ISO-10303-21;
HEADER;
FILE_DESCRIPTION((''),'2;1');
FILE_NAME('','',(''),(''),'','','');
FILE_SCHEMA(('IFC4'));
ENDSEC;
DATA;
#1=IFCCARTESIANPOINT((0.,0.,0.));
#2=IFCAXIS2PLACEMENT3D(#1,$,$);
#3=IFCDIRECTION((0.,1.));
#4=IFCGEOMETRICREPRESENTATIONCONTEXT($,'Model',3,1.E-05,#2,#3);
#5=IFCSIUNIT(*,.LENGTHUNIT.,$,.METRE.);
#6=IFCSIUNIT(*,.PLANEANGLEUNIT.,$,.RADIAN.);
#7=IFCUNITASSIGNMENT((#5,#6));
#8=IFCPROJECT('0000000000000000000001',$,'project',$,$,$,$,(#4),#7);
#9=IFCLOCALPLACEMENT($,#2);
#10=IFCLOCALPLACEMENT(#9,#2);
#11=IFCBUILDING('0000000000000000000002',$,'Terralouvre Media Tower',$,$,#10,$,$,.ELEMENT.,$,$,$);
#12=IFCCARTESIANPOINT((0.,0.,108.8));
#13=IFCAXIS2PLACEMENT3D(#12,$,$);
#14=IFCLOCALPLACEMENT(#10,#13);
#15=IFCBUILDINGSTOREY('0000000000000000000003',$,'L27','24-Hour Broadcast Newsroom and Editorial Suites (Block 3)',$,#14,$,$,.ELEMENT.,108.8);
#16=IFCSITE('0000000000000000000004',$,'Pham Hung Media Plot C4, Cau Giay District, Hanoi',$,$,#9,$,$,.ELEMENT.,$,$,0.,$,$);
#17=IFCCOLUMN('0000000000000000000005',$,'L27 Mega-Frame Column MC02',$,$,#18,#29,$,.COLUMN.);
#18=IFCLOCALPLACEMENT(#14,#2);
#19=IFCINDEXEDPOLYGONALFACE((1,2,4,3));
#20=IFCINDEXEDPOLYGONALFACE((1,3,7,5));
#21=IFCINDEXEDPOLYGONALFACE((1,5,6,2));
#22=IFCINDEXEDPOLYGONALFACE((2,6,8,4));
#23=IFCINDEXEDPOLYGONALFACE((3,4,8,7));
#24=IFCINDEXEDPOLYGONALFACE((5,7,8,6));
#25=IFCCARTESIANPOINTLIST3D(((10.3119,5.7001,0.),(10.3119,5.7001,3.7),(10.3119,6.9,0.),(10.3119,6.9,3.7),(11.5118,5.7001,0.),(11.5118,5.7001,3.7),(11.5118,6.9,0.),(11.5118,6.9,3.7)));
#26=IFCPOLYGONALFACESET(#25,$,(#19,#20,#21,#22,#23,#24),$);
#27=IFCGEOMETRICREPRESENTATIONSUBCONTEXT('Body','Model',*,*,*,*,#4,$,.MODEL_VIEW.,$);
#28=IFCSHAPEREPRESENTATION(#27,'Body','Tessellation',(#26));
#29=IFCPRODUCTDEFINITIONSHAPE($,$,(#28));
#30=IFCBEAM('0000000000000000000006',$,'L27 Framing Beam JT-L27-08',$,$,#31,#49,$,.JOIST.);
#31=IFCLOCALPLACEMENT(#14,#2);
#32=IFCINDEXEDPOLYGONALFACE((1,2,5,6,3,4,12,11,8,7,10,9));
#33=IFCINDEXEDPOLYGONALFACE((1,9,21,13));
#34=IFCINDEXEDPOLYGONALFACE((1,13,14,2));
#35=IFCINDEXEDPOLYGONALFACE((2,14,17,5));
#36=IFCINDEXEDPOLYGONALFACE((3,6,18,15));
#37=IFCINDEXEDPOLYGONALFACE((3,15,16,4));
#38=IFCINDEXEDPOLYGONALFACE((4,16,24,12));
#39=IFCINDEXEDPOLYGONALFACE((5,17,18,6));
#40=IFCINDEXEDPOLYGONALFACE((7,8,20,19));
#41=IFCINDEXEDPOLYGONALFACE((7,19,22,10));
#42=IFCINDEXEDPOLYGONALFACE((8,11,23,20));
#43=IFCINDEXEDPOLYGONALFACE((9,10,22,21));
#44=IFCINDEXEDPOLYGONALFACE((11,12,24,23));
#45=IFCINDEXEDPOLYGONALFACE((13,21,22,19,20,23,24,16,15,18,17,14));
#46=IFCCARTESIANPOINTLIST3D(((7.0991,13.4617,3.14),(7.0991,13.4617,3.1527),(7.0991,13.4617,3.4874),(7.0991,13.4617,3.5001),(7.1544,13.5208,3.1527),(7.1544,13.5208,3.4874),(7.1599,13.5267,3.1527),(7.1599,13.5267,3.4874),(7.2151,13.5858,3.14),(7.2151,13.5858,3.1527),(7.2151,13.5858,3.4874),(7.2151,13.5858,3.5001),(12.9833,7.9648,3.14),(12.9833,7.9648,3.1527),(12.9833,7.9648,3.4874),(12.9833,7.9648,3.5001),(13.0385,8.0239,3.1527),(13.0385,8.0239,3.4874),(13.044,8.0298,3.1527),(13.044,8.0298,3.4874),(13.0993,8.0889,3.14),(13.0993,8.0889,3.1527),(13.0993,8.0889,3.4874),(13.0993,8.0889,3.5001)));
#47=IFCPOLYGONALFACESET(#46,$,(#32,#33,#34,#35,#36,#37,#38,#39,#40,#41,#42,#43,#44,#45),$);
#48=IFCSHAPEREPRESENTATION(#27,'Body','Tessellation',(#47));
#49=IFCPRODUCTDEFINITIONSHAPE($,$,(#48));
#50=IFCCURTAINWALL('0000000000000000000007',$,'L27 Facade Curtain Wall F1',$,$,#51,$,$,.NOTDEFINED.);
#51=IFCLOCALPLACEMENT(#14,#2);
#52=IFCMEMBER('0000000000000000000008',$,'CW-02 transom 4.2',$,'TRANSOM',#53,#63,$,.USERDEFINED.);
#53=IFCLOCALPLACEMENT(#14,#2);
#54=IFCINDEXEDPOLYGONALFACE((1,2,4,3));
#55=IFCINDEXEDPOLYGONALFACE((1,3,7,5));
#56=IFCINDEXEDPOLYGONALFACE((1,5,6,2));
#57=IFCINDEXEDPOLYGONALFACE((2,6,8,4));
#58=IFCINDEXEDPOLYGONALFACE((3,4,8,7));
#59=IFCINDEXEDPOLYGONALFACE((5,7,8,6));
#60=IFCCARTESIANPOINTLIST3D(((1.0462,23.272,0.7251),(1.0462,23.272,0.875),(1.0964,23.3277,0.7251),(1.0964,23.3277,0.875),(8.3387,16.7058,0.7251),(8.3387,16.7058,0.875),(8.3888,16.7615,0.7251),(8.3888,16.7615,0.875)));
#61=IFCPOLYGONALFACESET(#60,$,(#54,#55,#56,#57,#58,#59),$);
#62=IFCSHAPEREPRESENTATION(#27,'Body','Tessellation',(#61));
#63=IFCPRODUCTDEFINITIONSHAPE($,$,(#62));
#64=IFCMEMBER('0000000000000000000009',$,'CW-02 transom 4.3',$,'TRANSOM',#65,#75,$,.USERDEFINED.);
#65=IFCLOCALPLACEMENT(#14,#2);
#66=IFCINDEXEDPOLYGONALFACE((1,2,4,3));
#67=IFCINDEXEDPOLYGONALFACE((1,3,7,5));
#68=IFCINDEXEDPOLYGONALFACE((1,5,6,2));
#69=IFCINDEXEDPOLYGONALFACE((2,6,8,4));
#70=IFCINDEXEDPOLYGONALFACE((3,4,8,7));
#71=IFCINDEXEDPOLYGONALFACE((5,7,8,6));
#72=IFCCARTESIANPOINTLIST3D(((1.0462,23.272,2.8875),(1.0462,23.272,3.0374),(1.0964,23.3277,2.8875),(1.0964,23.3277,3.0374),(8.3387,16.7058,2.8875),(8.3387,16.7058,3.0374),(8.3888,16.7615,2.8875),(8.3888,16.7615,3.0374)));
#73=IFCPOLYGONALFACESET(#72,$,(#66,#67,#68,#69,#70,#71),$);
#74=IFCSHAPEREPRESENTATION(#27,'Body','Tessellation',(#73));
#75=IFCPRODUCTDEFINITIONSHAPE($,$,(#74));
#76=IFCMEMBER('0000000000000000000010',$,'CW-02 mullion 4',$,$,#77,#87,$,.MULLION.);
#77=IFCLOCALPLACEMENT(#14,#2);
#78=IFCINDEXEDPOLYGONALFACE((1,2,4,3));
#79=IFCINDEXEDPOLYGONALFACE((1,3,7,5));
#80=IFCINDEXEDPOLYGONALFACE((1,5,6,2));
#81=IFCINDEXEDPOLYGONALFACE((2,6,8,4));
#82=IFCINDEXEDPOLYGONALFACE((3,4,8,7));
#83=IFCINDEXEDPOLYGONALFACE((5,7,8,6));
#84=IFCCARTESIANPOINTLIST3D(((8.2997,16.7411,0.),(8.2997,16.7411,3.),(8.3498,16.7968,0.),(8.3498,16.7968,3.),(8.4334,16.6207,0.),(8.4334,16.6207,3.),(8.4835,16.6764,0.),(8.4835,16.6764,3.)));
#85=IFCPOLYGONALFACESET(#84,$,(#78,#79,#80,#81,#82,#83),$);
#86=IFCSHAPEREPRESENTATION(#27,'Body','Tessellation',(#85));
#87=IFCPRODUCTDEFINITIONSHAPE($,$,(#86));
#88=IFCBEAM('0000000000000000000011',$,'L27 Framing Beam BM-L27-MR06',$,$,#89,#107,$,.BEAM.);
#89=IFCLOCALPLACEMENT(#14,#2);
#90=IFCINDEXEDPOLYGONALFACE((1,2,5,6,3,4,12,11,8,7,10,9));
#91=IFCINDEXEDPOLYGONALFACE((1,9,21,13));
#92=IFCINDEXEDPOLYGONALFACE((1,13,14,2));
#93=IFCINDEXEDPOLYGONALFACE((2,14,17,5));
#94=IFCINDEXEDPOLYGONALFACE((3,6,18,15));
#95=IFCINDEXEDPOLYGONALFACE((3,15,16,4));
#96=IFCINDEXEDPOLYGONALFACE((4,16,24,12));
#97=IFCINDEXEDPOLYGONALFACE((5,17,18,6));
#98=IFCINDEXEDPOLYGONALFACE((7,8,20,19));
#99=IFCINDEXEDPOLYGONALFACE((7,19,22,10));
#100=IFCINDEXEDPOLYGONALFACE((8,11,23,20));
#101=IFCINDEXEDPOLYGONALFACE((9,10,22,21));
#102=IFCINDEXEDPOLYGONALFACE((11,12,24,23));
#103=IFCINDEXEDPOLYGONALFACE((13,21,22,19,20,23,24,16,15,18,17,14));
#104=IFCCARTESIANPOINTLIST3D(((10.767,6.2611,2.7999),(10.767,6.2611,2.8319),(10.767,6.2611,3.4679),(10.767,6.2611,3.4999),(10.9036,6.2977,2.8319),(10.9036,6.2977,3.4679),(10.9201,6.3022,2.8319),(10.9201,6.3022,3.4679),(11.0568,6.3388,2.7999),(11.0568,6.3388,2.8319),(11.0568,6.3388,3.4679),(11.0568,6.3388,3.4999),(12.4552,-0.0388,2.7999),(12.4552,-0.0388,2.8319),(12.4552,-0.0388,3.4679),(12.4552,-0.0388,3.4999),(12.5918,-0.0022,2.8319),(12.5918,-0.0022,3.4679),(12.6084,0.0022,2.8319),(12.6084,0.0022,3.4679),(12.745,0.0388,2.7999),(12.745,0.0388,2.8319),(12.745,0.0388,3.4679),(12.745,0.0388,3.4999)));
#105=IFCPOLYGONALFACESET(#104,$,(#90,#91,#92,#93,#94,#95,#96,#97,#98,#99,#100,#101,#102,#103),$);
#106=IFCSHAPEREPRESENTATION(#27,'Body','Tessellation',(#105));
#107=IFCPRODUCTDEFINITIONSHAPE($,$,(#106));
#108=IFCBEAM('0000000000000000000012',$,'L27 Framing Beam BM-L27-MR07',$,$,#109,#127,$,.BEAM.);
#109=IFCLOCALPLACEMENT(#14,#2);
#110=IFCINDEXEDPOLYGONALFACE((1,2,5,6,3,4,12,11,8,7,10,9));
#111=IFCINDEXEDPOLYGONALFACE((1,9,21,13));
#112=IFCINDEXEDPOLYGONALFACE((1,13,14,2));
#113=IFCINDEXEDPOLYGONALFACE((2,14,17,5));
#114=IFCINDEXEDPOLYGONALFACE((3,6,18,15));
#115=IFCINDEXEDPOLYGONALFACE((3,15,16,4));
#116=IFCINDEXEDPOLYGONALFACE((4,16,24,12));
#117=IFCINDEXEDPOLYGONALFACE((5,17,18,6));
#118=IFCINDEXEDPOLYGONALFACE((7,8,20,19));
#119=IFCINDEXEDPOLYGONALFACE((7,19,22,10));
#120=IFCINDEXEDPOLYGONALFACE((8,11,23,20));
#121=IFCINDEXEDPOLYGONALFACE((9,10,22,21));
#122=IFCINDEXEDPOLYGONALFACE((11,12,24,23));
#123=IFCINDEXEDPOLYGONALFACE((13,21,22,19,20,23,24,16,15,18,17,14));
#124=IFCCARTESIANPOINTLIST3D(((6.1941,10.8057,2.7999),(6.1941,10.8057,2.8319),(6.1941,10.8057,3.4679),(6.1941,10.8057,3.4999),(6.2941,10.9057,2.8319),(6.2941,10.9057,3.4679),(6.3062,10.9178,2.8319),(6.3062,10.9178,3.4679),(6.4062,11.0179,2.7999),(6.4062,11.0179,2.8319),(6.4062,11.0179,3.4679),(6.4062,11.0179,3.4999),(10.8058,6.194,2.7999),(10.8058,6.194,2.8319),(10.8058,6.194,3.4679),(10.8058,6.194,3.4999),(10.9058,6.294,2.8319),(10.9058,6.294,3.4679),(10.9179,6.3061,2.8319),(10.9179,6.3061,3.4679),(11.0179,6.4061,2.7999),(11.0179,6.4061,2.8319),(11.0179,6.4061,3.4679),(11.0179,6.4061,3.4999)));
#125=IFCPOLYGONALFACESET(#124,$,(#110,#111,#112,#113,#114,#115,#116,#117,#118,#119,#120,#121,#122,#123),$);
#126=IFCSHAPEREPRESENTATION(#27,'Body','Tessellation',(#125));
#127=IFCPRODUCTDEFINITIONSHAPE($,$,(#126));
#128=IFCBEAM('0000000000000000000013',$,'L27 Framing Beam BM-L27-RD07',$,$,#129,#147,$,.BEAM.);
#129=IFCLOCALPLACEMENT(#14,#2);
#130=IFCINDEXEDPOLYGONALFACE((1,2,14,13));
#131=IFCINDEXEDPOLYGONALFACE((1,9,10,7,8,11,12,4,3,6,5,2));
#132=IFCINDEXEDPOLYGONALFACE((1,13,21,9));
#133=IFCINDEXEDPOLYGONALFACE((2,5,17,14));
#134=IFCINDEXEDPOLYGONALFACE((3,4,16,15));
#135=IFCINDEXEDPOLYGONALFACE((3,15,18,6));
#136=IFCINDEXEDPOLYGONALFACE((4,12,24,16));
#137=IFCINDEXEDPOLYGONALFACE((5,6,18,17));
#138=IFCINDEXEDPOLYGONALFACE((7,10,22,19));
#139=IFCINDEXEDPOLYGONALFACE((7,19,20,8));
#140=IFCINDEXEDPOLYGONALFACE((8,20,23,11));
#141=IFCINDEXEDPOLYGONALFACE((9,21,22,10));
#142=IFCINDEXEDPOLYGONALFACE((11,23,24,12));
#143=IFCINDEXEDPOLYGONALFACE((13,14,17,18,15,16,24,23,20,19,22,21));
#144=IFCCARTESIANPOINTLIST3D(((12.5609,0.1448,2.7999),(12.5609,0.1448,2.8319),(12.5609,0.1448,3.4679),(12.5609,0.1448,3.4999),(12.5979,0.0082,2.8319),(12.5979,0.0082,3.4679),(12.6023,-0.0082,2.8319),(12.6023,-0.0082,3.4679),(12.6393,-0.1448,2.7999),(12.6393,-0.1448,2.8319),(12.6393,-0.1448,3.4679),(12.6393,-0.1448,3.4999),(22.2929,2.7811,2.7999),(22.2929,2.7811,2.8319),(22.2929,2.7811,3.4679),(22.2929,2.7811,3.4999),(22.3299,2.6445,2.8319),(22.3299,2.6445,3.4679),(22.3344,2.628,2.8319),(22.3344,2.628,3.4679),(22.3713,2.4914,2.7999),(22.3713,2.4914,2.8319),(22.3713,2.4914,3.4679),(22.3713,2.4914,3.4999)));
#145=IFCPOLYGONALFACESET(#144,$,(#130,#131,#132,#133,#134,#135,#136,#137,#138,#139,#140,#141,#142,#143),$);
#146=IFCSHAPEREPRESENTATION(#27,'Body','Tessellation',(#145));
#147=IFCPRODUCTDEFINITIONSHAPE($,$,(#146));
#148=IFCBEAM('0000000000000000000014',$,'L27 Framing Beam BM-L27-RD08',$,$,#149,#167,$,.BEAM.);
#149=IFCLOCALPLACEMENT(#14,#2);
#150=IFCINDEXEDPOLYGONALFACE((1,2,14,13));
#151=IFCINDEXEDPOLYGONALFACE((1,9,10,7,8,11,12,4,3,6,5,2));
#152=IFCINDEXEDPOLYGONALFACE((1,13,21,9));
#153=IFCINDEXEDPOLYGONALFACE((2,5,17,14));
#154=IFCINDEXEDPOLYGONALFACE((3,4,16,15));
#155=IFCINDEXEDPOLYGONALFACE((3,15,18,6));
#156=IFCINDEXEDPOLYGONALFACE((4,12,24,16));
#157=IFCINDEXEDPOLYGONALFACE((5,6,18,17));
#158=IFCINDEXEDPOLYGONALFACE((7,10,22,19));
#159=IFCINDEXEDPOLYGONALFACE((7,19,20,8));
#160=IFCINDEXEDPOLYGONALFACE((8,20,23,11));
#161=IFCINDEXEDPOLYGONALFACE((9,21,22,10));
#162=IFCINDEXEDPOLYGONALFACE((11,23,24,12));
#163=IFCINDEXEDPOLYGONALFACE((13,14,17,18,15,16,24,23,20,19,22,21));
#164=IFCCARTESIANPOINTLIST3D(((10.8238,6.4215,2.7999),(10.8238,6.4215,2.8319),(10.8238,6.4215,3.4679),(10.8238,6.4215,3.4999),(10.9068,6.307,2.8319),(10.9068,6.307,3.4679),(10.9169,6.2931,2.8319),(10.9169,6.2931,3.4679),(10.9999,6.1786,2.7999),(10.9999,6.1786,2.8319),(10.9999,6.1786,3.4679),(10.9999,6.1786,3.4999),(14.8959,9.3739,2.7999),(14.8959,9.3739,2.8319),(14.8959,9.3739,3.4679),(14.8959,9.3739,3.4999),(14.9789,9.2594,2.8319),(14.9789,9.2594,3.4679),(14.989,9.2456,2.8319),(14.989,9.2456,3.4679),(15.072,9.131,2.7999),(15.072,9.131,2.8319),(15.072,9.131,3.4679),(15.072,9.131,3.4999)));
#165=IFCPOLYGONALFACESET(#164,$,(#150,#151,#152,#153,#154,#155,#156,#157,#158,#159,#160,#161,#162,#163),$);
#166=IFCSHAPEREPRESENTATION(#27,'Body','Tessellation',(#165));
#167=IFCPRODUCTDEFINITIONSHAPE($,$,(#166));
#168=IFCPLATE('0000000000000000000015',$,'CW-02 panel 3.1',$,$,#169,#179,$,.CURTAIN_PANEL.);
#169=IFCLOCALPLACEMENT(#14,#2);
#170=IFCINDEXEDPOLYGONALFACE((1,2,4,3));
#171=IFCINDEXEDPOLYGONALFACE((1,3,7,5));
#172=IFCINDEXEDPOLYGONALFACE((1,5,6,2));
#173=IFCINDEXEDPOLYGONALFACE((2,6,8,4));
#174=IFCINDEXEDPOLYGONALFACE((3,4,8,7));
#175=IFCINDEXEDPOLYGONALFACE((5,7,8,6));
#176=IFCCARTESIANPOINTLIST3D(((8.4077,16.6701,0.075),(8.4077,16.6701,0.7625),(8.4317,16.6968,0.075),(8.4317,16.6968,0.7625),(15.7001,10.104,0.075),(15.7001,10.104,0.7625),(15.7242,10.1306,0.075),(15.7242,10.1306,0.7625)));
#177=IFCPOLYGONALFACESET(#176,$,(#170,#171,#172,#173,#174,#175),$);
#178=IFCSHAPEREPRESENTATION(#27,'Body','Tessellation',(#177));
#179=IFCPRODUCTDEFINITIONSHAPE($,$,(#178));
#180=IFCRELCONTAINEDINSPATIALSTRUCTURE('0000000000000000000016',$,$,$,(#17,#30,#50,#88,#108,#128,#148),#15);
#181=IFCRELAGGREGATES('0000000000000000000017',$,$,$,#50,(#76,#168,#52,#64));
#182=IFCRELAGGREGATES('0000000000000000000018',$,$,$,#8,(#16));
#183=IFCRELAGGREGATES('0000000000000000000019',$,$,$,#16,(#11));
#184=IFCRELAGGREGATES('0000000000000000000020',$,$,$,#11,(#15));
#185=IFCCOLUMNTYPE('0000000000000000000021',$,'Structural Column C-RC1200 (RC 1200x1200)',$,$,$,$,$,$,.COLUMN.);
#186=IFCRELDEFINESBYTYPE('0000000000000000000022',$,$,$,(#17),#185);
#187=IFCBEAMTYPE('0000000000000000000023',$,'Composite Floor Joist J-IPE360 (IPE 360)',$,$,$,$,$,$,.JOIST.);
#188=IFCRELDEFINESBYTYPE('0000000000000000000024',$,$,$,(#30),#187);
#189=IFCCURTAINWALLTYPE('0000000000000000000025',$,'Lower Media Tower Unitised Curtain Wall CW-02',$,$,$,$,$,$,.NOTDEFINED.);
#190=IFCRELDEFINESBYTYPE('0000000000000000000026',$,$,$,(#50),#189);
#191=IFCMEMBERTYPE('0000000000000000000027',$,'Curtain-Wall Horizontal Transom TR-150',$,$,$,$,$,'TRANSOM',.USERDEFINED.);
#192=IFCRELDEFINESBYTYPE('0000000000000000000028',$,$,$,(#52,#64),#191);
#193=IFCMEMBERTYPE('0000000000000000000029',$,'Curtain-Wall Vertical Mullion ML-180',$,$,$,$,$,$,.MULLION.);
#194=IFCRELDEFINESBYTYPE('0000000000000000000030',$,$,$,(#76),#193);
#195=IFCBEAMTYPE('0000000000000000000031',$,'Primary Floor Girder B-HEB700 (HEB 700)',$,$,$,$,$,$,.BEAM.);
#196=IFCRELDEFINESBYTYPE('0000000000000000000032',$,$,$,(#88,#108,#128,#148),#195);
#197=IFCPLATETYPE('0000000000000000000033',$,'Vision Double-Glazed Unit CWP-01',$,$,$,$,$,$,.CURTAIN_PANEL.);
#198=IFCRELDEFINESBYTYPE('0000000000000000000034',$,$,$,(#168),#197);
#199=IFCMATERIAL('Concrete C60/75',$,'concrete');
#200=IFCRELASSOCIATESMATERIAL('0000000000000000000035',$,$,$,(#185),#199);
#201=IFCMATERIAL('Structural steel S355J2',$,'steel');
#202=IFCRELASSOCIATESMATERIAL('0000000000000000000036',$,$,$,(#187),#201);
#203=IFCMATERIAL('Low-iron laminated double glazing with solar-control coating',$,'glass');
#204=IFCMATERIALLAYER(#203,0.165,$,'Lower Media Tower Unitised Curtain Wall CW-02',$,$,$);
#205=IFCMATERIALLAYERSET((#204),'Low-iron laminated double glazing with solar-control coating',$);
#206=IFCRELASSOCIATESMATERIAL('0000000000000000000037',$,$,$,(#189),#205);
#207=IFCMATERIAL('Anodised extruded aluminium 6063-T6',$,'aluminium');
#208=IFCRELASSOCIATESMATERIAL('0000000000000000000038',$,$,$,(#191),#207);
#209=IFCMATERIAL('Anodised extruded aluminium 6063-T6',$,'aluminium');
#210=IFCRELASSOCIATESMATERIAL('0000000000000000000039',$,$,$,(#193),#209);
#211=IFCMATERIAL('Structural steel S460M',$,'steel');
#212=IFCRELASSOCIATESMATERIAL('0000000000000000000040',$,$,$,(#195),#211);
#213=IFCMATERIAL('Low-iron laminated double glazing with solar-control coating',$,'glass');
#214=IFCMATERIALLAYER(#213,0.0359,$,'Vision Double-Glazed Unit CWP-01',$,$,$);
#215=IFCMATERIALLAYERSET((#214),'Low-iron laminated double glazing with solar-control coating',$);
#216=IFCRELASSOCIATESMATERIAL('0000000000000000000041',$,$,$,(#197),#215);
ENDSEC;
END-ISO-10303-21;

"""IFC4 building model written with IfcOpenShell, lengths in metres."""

from ifc_helpers import new_model, si_unit, direction, frame, origin, origin_2d, place, context, subcontext, project, spatial, rectangle, i_section, extrude, material, layer, layer_set, material_profile, profile_set, type_object, element, aggregate, save


model = new_model("IFC4")

# Units and contexts
model_context = context("Model", 3, precision=1e-05, world=origin(), true_north=direction((0.0, 1.0)))
body_context = subcontext(model_context, "Body", "Model", "MODEL_VIEW")
ifc_project = project(units=[si_unit("LENGTHUNIT", "METRE"), si_unit("PLANEANGLEUNIT", "RADIAN")], contexts=[model_context])

# Site, building, storey
site_placement = place(None, origin())
site = spatial("IfcSite", under=ifc_project, at=site_placement, Name="Pham Hung Media Plot C4, Cau Giay District, Hanoi", CompositionType="ELEMENT", RefElevation=0.0)
building_placement = place(site_placement, origin())
building = spatial("IfcBuilding", under=site, at=building_placement, Name="Terralouvre Media Tower", CompositionType="ELEMENT")
storey_placement = place(building_placement, frame((0.0, 0.0, 108.8)))
storey = spatial("IfcBuildingStorey", under=building, at=storey_placement, Name="L27", Description="24-Hour Broadcast Newsroom and Editorial Suites (Block 3)", CompositionType="ELEMENT", Elevation=108.8)

# Column
ifc_material_1 = material(Name="Concrete C60/75", Category="concrete")
ifc_material_profile_1 = material_profile(ifc_material_1, rectangle(XDim=1.2, YDim=1.2, at=origin_2d()), Name="RC 1200x1200")
ifc_profile_set_1 = profile_set([ifc_material_profile_1], Name="Concrete C60/75")
column_type = type_object("IfcColumnType", Name="Structural Column C-RC1200 (RC 1200x1200)", PredefinedType="COLUMN", material=ifc_profile_set_1)
column_placement = place(storey_placement, frame((10.9119, 6.3, 0.0), z_axis=(0.0, 0.0, 1.0), x_axis=(1.0, 0.0, 0.0)))
element("IfcColumn", 1, at=column_placement, inside=storey, type_object=column_type, Name="L27 Mega-Frame Column MC02", PredefinedType="COLUMN", context=body_context, shape_type="SweptSolid", body=[
    extrude(rectangle(XDim=1.2, YDim=1.2, at=origin_2d()), origin(), (0.0, 0.0, 1.0), 3.7),
])

# Beam
ifc_material_2 = material(Name="Structural steel S355J2", Category="steel")
ifc_material_profile_2 = material_profile(ifc_material_2, i_section(OverallWidth=0.1699, OverallDepth=0.3601, WebThickness=0.0081, FlangeThickness=0.0127, at=origin_2d()), Name="IPE 360")
ifc_profile_set_2 = profile_set([ifc_material_profile_2], Name="Structural steel S355J2")
beam_type_1 = type_object("IfcBeamType", Name="Composite Floor Joist J-IPE360 (IPE 360)", PredefinedType="JOIST", material=ifc_profile_set_2)
beam_1_placement = place(storey_placement, frame((13.0413, 8.0269, 3.3201), z_axis=(-0.730742, 0.682654, 0.0), x_axis=(-0.682654, -0.730742, 0.0)))
element("IfcBeam", 2, at=beam_1_placement, inside=storey, type_object=beam_type_1, Name="L27 Framing Beam JT-L27-08", PredefinedType="JOIST", context=body_context, shape_type="SweptSolid", body=[
    extrude(i_section(OverallWidth=0.1699, OverallDepth=0.3601, WebThickness=0.0081, FlangeThickness=0.0127, at=origin_2d()), origin(), (0.0, 0.0, 1.0), 8.0522),
])

# Curtain wall, members
ifc_material_3 = material(Name="Low-iron laminated double glazing with solar-control coating", Category="glass")
ifc_layer_1 = layer(ifc_material_3, 0.165, Name="Lower Media Tower Unitised Curtain Wall CW-02")
ifc_layer_set_1 = layer_set([ifc_layer_1], Name="Low-iron laminated double glazing with solar-control coating")
curtain_wall_type = type_object("IfcCurtainWallType", Name="Lower Media Tower Unitised Curtain Wall CW-02", PredefinedType="NOTDEFINED", material=ifc_layer_set_1)
curtain_wall_placement = place(storey_placement, origin())
curtain_wall = element("IfcCurtainWall", 3, at=curtain_wall_placement, inside=storey, type_object=curtain_wall_type, Name="L27 Facade Curtain Wall F1", PredefinedType="NOTDEFINED")
ifc_material_4 = material(Name="Anodised extruded aluminium 6063-T6", Category="aluminium")
ifc_material_profile_3 = material_profile(ifc_material_4, rectangle(XDim=0.075, YDim=0.1499, at=origin_2d()), Name="ALU 75x150")
ifc_profile_set_3 = profile_set([ifc_material_profile_3], Name="Anodised extruded aluminium 6063-T6")
member_type_1 = type_object("IfcMemberType", Name="Curtain-Wall Horizontal Transom TR-150", ElementType="TRANSOM", PredefinedType="USERDEFINED", material=ifc_profile_set_3)
member_1_placement = place(storey_placement, frame((8.3638, 16.7336, 0.8), z_axis=(-0.743146, 0.66913, 0.0), x_axis=(-0.66913, -0.743146, 0.0)))
member_1 = element("IfcMember", 4, at=member_1_placement, type_object=member_type_1, Name="CW-02 transom 4.2", ObjectType="TRANSOM", PredefinedType="USERDEFINED", context=body_context, shape_type="SweptSolid", body=[
    extrude(rectangle(XDim=0.075, YDim=0.1499, at=origin_2d()), origin(), (0.0, 0.0, 1.0), 9.813),
])
member_2_placement = place(storey_placement, frame((8.3638, 16.7336, 2.9624), z_axis=(-0.743146, 0.66913, 0.0), x_axis=(-0.66913, -0.743146, 0.0)))
member_2 = element("IfcMember", 5, at=member_2_placement, type_object=member_type_1, Name="CW-02 transom 4.3", ObjectType="TRANSOM", PredefinedType="USERDEFINED", context=body_context, shape_type="SweptSolid", body=[
    extrude(rectangle(XDim=0.075, YDim=0.1499, at=origin_2d()), origin(), (0.0, 0.0, 1.0), 9.813),
])
ifc_material_5 = material(Name="Anodised extruded aluminium 6063-T6", Category="aluminium")
ifc_material_profile_4 = material_profile(ifc_material_5, rectangle(XDim=0.075, YDim=0.1799, at=origin_2d()), Name="ALU 75x180")
ifc_profile_set_4 = profile_set([ifc_material_profile_4], Name="Anodised extruded aluminium 6063-T6")
member_type_2 = type_object("IfcMemberType", Name="Curtain-Wall Vertical Mullion ML-180", PredefinedType="MULLION", material=ifc_profile_set_4)
member_3_placement = place(storey_placement, frame((8.3916, 16.7087, 0.0), z_axis=(0.0, 0.0, 1.0), x_axis=(-0.669131, -0.743145, 0.0)))
member_3 = element("IfcMember", 6, at=member_3_placement, type_object=member_type_2, Name="CW-02 mullion 4", PredefinedType="MULLION", context=body_context, shape_type="SweptSolid", body=[
    extrude(rectangle(XDim=0.075, YDim=0.1799, at=origin_2d()), origin(), (0.0, 0.0, 1.0), 3.0),
])

# Beams
ifc_material_6 = material(Name="Structural steel S460M", Category="steel")
ifc_material_profile_5 = material_profile(ifc_material_6, i_section(OverallWidth=0.3, OverallDepth=0.7, WebThickness=0.0171, FlangeThickness=0.032, at=origin_2d()), Name="HEB 700")
ifc_profile_set_5 = profile_set([ifc_material_profile_5], Name="Structural steel S460M")
beam_type_2 = type_object("IfcBeamType", Name="Primary Floor Girder B-HEB700 (HEB 700)", PredefinedType="BEAM", material=ifc_profile_set_5)
beam_2_placement = place(storey_placement, frame((12.6001, 0.0, 3.1499), z_axis=(-0.258839, 0.96592, 0.0), x_axis=(-0.96592, -0.258839, 0.0)))
element("IfcBeam", 7, at=beam_2_placement, inside=storey, type_object=beam_type_2, Name="L27 Framing Beam BM-L27-MR06", PredefinedType="BEAM", context=body_context, shape_type="SweptSolid", body=[
    extrude(i_section(OverallWidth=0.3, OverallDepth=0.7, WebThickness=0.0171, FlangeThickness=0.032, at=origin_2d()), origin(), (0.0, 0.0, 1.0), 6.5222),
])
beam_3_placement = place(storey_placement, frame((10.9119, 6.3, 3.1499), z_axis=(-0.707107, 0.707107, 0.0), x_axis=(-0.707107, -0.707107, 0.0)))
element("IfcBeam", 8, at=beam_3_placement, inside=storey, type_object=beam_type_2, Name="L27 Framing Beam BM-L27-MR07", PredefinedType="BEAM", context=body_context, shape_type="SweptSolid", body=[
    extrude(i_section(OverallWidth=0.3, OverallDepth=0.7, WebThickness=0.0171, FlangeThickness=0.032, at=origin_2d()), origin(), (0.0, 0.0, 1.0), 6.522),
])
beam_4_placement = place(storey_placement, frame((12.6001, 0.0, 3.1499), z_axis=(0.965214, 0.261462, 0.0), x_axis=(-0.261462, 0.965214, 0.0)))
element("IfcBeam", 9, at=beam_4_placement, inside=storey, type_object=beam_type_2, Name="L27 Framing Beam BM-L27-RD07", PredefinedType="BEAM", context=body_context, shape_type="SweptSolid", body=[
    extrude(i_section(OverallWidth=0.3, OverallDepth=0.7, WebThickness=0.0171, FlangeThickness=0.032, at=origin_2d()), origin(), (0.0, 0.0, 1.0), 10.0828),
])
beam_5_placement = place(storey_placement, frame((10.9119, 6.3, 3.1499), z_axis=(0.809594, 0.586991, 0.0), x_axis=(-0.586991, 0.809594, 0.0)))
element("IfcBeam", 10, at=beam_5_placement, inside=storey, type_object=beam_type_2, Name="L27 Framing Beam BM-L27-RD08", PredefinedType="BEAM", context=body_context, shape_type="SweptSolid", body=[
    extrude(i_section(OverallWidth=0.3, OverallDepth=0.7, WebThickness=0.0171, FlangeThickness=0.032, at=origin_2d()), origin(), (0.0, 0.0, 1.0), 5.0298),
])

# Plate
ifc_material_7 = material(Name="Low-iron laminated double glazing with solar-control coating", Category="glass")
ifc_layer_2 = layer(ifc_material_7, 0.0359, Name="Vision Double-Glazed Unit CWP-01")
ifc_layer_set_2 = layer_set([ifc_layer_2], Name="Low-iron laminated double glazing with solar-control coating")
plate_type = type_object("IfcPlateType", Name="Vision Double-Glazed Unit CWP-01", PredefinedType="CURTAIN_PANEL", material=ifc_layer_set_2)
plate_1_placement = place(storey_placement, frame((12.0659, 13.4004, 0.075), z_axis=(0.0, 0.0, 1.0), x_axis=(-0.743145, 0.669131, 0.0)))
plate_1 = element("IfcPlate", 11, at=plate_1_placement, type_object=plate_type, Name="CW-02 panel 3.1", PredefinedType="CURTAIN_PANEL", context=body_context, shape_type="SweptSolid", body=[
    extrude(rectangle(XDim=9.813, YDim=0.0359, at=origin_2d()), origin(), (0.0, 0.0, 1.0), 0.6875),
])
aggregate(curtain_wall, [member_3, plate_1, member_1, member_2])

save(model, "model.ifc")
